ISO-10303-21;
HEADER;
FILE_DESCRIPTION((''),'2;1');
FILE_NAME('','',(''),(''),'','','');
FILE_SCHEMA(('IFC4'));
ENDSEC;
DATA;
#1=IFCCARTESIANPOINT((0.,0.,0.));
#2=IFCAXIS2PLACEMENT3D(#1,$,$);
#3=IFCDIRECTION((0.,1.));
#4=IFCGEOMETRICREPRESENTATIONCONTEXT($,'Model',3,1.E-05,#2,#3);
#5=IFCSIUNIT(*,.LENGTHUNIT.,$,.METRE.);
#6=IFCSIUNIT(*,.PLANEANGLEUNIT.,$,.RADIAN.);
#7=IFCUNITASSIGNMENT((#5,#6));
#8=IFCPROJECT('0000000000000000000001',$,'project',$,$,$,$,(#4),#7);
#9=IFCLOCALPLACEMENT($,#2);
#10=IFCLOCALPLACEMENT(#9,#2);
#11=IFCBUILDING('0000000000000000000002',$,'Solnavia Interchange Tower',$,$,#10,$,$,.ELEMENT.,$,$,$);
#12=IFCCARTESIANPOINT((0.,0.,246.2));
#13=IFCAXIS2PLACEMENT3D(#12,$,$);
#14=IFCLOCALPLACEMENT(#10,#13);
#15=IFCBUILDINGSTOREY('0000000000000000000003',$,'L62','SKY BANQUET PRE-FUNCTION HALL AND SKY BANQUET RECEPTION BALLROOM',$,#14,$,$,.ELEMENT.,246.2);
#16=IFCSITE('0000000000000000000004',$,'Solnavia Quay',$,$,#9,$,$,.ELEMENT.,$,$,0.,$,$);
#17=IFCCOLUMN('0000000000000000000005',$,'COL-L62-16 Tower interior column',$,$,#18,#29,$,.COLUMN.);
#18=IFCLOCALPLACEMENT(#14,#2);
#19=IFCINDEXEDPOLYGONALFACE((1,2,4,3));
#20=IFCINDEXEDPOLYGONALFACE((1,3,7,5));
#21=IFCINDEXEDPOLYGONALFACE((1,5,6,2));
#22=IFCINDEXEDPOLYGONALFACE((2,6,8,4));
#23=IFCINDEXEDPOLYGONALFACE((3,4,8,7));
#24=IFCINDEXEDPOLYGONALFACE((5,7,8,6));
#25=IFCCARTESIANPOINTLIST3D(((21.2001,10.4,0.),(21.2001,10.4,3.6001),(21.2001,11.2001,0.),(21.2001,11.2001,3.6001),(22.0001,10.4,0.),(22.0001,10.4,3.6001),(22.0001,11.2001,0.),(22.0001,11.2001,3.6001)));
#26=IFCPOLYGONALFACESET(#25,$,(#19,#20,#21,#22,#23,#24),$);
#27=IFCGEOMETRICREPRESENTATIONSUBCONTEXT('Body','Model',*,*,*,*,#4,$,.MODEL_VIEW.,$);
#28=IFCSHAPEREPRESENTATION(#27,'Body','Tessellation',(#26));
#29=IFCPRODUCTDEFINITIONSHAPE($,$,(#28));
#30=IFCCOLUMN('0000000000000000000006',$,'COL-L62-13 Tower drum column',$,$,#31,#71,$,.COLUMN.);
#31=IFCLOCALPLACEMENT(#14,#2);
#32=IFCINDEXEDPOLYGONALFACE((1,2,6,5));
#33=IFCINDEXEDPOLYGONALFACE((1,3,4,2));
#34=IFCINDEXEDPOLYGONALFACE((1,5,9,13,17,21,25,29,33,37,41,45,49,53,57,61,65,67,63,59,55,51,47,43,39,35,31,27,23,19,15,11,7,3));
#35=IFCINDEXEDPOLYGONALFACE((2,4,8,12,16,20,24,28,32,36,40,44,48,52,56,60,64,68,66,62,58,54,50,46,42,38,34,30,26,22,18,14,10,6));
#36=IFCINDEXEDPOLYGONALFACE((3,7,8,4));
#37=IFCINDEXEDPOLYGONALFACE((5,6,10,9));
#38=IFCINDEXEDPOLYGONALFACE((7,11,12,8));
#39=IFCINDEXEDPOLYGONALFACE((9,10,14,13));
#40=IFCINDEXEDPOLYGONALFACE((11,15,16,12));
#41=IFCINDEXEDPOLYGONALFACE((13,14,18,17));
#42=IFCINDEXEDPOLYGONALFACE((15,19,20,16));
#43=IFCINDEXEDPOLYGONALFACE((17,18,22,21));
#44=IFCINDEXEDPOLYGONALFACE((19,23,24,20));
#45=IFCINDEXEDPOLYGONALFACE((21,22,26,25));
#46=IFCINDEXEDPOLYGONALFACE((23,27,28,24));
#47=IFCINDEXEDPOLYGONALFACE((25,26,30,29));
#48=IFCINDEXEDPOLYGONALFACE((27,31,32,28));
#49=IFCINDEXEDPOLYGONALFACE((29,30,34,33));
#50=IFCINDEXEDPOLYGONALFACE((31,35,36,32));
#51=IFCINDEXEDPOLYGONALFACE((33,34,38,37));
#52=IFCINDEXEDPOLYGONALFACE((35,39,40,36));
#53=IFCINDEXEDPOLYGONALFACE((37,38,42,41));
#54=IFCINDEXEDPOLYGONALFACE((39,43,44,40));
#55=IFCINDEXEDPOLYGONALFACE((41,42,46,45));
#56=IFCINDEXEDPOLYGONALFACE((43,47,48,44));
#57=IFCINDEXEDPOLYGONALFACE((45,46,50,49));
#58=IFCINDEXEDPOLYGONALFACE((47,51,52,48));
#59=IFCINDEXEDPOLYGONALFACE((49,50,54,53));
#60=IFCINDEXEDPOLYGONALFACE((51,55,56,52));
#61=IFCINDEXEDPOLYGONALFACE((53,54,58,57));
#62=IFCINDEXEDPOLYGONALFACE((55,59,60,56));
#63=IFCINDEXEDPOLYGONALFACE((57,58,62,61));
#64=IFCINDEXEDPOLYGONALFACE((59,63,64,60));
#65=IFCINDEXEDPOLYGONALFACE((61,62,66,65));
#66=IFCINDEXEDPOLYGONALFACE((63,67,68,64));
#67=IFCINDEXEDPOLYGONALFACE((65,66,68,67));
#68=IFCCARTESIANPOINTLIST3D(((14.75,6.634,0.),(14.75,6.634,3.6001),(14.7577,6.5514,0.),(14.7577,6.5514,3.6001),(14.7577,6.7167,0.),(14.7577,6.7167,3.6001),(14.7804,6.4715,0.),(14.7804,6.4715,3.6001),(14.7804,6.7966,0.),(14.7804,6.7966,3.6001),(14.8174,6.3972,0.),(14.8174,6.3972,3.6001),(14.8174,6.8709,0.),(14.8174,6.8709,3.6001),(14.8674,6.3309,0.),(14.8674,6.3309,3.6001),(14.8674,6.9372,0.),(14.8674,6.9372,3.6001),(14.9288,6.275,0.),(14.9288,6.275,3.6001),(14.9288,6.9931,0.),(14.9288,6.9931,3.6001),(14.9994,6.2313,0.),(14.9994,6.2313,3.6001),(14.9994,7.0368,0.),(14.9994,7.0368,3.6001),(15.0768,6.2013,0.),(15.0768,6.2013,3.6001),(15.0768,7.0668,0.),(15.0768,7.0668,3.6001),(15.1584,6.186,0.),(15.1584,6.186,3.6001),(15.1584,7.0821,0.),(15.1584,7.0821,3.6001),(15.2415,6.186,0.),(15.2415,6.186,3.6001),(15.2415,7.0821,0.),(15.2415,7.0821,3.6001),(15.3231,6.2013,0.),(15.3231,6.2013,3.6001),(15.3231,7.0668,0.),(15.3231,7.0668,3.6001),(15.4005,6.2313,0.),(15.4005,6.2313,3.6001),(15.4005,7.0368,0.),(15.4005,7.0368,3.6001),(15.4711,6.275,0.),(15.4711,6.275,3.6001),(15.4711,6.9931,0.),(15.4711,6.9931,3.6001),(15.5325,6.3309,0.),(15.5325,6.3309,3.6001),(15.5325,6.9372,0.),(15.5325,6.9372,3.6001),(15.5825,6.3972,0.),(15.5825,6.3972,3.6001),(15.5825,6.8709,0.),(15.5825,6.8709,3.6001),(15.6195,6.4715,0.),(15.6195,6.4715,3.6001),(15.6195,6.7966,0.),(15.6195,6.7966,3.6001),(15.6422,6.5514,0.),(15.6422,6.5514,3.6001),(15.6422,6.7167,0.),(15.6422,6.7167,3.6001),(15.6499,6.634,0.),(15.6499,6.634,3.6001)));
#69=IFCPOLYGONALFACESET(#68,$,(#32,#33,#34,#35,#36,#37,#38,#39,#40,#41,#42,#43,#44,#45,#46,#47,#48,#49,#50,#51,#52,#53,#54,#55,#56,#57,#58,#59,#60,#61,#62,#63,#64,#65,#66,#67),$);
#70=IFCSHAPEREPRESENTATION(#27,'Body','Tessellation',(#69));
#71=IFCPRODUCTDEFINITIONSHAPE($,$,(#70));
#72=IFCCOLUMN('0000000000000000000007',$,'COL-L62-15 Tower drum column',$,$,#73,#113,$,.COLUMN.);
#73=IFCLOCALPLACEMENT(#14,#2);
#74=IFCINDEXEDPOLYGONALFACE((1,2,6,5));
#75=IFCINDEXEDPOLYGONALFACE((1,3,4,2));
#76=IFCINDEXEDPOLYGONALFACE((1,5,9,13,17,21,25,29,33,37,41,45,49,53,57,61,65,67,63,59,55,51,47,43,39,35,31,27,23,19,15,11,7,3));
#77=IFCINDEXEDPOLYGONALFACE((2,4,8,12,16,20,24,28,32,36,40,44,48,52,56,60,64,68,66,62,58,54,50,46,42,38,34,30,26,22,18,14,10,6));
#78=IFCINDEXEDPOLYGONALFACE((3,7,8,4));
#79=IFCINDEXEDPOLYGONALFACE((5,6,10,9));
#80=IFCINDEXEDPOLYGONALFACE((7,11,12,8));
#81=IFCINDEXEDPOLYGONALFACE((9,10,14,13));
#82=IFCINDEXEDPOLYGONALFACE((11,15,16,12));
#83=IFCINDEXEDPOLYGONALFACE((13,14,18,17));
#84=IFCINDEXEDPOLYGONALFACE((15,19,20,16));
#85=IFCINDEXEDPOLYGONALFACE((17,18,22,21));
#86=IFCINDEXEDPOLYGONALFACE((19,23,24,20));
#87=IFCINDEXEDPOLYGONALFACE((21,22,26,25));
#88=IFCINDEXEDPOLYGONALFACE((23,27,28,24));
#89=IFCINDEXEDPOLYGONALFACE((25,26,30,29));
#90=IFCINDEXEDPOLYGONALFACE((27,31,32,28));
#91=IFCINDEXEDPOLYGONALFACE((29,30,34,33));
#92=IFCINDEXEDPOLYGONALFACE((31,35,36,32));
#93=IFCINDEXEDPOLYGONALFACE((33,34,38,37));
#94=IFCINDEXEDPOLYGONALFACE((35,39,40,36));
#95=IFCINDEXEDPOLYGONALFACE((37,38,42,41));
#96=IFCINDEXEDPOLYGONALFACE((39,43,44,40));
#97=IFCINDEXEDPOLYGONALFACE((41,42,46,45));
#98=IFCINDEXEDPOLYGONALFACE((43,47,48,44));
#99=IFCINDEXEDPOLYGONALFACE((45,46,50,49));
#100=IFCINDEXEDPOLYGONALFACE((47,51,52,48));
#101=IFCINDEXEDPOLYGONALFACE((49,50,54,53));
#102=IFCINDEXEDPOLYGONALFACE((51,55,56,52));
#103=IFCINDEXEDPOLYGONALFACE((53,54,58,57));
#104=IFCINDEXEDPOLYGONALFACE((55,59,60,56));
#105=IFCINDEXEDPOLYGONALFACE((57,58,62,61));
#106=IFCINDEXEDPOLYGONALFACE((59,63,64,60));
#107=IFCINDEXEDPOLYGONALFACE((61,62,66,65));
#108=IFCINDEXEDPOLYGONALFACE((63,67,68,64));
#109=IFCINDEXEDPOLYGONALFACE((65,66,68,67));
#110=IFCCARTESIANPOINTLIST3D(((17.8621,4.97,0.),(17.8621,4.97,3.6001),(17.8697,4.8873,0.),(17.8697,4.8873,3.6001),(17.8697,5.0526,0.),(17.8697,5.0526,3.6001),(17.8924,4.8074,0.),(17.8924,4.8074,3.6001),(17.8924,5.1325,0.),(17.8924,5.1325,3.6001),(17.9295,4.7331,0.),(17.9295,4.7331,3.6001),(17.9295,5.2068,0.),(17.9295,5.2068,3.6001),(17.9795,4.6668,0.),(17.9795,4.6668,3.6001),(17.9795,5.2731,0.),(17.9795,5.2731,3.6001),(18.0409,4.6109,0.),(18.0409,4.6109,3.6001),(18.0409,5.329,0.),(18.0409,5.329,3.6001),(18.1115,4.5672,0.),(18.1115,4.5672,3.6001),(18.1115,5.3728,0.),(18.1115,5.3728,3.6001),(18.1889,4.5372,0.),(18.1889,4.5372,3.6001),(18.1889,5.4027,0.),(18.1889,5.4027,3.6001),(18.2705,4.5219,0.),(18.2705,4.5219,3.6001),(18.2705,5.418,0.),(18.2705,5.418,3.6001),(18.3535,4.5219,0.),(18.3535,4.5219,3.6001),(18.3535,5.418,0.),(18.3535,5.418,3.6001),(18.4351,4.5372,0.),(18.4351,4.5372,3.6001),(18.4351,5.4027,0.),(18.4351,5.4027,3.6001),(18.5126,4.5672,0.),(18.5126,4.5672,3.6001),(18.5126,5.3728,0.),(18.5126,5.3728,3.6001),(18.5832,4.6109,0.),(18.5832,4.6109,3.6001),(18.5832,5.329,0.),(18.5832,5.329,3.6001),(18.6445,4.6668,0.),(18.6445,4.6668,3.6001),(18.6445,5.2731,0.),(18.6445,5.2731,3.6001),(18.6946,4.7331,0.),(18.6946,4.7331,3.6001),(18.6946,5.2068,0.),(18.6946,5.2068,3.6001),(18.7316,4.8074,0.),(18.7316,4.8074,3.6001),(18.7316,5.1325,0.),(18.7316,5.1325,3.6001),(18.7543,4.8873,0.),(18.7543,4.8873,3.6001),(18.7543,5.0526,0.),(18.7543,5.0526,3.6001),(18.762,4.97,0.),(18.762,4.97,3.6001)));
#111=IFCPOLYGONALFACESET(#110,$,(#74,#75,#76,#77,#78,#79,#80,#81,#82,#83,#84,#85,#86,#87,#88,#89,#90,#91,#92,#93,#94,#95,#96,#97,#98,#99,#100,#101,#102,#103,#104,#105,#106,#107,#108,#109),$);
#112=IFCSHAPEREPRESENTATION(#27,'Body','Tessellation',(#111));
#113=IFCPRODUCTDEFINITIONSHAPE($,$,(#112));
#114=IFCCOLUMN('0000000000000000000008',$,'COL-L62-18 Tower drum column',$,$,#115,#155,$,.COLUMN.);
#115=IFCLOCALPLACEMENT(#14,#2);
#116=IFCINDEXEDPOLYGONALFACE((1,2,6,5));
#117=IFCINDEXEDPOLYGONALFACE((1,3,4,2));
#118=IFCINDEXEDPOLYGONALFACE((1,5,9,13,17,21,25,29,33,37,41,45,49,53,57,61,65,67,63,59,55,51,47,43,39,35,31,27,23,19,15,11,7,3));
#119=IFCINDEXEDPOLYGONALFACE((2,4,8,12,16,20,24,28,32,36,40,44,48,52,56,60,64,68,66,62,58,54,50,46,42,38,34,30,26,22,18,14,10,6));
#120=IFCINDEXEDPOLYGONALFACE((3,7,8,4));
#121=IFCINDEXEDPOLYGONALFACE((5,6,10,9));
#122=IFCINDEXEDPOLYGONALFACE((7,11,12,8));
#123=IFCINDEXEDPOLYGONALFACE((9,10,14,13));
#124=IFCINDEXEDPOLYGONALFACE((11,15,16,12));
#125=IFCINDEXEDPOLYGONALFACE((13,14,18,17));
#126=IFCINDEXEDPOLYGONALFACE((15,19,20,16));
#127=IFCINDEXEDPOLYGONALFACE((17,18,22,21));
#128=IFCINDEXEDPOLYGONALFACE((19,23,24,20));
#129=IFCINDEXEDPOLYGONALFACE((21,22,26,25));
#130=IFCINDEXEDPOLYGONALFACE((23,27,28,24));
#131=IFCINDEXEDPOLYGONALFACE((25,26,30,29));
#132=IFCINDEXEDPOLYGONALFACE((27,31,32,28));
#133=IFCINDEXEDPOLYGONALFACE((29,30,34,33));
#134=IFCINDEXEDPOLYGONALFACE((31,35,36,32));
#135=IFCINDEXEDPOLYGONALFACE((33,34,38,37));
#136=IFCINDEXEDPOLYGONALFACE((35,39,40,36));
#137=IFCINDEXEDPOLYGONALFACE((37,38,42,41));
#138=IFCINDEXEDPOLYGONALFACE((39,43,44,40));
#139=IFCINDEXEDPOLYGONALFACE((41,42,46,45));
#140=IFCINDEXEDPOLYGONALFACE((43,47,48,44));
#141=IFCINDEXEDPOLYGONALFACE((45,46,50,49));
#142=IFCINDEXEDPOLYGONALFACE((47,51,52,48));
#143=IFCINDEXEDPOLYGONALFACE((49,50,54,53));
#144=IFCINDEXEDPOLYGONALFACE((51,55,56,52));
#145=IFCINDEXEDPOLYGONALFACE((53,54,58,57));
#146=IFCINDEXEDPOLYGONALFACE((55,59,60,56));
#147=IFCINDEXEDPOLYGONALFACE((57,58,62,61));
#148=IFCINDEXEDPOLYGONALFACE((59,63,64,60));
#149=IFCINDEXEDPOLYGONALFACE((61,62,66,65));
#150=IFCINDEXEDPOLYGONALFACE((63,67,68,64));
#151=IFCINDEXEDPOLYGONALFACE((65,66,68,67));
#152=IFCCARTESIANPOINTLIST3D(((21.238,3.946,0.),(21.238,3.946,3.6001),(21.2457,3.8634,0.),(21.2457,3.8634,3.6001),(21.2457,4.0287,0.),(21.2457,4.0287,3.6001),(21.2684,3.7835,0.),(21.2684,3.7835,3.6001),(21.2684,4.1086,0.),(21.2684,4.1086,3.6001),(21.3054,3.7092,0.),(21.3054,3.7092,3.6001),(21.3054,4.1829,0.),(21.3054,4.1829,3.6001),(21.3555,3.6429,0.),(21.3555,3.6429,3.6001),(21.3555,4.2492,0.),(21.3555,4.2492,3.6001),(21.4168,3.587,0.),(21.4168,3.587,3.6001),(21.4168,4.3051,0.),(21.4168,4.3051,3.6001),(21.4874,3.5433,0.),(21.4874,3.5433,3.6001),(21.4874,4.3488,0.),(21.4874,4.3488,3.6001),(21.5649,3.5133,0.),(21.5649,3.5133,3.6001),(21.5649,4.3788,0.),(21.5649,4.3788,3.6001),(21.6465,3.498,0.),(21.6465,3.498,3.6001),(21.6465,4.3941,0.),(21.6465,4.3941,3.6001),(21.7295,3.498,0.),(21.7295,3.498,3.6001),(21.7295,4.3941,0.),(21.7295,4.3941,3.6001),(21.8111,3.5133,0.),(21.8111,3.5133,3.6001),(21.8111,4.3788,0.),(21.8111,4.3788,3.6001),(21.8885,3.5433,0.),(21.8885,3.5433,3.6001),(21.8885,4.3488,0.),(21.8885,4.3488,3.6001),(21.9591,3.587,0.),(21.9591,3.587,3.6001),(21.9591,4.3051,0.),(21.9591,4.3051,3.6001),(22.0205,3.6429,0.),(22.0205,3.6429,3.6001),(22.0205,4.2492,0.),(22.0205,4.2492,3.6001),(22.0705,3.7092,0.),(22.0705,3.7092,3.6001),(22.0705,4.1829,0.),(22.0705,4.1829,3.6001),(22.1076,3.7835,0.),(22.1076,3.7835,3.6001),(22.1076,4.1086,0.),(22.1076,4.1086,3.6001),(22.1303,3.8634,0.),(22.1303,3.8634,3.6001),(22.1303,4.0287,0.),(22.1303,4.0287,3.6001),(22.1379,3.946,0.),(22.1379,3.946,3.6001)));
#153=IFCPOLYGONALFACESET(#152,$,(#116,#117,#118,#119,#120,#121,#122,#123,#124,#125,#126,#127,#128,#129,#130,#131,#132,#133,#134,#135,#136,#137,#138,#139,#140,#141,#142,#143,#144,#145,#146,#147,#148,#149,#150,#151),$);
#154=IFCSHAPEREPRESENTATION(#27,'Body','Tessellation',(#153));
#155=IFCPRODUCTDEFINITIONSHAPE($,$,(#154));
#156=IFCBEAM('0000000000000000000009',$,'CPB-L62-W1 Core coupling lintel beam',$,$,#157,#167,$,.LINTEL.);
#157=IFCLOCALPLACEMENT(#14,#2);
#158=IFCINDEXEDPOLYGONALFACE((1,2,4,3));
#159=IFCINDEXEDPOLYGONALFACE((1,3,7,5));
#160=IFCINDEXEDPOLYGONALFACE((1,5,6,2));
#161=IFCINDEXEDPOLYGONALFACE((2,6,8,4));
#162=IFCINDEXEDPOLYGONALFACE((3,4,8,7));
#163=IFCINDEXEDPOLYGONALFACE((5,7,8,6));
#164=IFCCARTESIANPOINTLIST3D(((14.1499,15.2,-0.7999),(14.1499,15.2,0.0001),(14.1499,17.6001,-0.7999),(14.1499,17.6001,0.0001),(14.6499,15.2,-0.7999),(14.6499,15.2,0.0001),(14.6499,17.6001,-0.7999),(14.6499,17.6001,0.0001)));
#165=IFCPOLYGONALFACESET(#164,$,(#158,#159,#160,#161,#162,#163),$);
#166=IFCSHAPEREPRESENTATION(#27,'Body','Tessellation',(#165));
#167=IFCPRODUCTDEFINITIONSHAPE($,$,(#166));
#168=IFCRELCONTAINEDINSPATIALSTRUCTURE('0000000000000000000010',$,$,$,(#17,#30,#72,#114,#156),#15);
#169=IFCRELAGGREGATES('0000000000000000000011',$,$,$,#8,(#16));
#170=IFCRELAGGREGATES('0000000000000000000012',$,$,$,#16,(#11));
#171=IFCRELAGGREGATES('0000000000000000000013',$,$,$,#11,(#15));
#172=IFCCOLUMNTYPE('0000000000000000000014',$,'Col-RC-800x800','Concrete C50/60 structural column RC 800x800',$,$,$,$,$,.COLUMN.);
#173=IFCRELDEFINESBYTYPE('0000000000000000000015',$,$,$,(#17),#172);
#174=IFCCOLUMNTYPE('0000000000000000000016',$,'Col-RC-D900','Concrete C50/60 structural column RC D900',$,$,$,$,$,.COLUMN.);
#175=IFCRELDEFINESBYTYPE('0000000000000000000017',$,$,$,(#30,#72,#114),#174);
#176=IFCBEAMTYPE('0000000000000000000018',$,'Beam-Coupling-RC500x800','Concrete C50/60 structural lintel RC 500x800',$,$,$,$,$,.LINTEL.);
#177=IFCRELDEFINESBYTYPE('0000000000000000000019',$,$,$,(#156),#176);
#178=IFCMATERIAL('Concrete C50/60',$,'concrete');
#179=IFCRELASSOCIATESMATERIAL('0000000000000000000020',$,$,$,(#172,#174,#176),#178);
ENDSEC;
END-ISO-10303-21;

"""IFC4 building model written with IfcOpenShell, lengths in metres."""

from ifc_helpers import new_model, si_unit, direction, frame, origin, origin_2d, place, context, subcontext, project, spatial, rectangle, circle, extrude, material, material_profile, profile_set, type_object, element, save


model = new_model("IFC4")

# Units and contexts
model_context = context("Model", 3, precision=1e-05, world=origin(), true_north=direction((0.0, 1.0)))
body_context = subcontext(model_context, "Body", "Model", "MODEL_VIEW")
ifc_project = project(units=[si_unit("LENGTHUNIT", "METRE"), si_unit("PLANEANGLEUNIT", "RADIAN")], contexts=[model_context])

# Site, building, storey
site_placement = place(None, origin())
site = spatial("IfcSite", under=ifc_project, at=site_placement, Name="Solnavia Quay", CompositionType="ELEMENT", RefElevation=0.0)
building_placement = place(site_placement, origin())
building = spatial("IfcBuilding", under=site, at=building_placement, Name="Solnavia Interchange Tower", CompositionType="ELEMENT")
storey_placement = place(building_placement, frame((0.0, 0.0, 246.2)))
storey = spatial("IfcBuildingStorey", under=building, at=storey_placement, Name="L62", Description="SKY BANQUET PRE-FUNCTION HALL AND SKY BANQUET RECEPTION BALLROOM", CompositionType="ELEMENT", Elevation=246.2)

# Columns
ifc_material_1 = material(Name="Concrete C50/60", Category="concrete")
ifc_material_profile_1 = material_profile(ifc_material_1, rectangle(XDim=0.8, YDim=0.8, at=origin_2d()), Name="RC 800x800")
ifc_profile_set_1 = profile_set([ifc_material_profile_1], Name="Concrete C50/60")
column_type_1 = type_object("IfcColumnType", Name="Col-RC-800x800", Description="Concrete C50/60 structural column RC 800x800", PredefinedType="COLUMN", material=ifc_profile_set_1)
column_placement = place(storey_placement, frame((21.6001, 10.8, 0.0), z_axis=(0.0, 0.0, 1.0), x_axis=(1.0, 0.0, 0.0)))
element("IfcColumn", 1, at=column_placement, inside=storey, type_object=column_type_1, Name="COL-L62-16 Tower interior column", PredefinedType="COLUMN", context=body_context, shape_type="SweptSolid", body=[
    extrude(rectangle(XDim=0.8, YDim=0.8, at=origin_2d()), origin(), (0.0, 0.0, 1.0), 3.6001),
])
ifc_material_profile_2 = material_profile(ifc_material_1, circle(Radius=0.45, at=origin_2d()), Name="RC D900")
ifc_profile_set_2 = profile_set([ifc_material_profile_2], Name="Concrete C50/60")
column_type_2 = type_object("IfcColumnType", Name="Col-RC-D900", Description="Concrete C50/60 structural column RC D900", PredefinedType="COLUMN", material=ifc_profile_set_2)
for number, where, z_axis, x_axis, name in (
    (2, (15.2, 6.634, 0.0), (0.0, 0.0, 1.0), (1.0, 0.0, 0.0), "COL-L62-13 Tower drum column"),
    (3, (18.312, 4.97, 0.0), (0.0, 0.0, 1.0), (1.0, 0.0, 0.0), "COL-L62-15 Tower drum column"),
    (4, (21.688, 3.946, 0.0), (0.0, 0.0, 1.0), (1.0, 0.0, 0.0), "COL-L62-18 Tower drum column"),
):
    element("IfcColumn", number, at=place(storey_placement, frame(where, z_axis=z_axis, x_axis=x_axis)), inside=storey, type_object=column_type_2, Name=name, PredefinedType="COLUMN", context=body_context, shape_type="SweptSolid", body=[
        extrude(circle(Radius=0.45, at=origin_2d()), origin(), (0.0, 0.0, 1.0), 3.6001),
    ])

# Beam
ifc_material_profile_3 = material_profile(ifc_material_1, rectangle(XDim=0.5, YDim=0.8, at=origin_2d()), Name="RC 500x800")
ifc_profile_set_3 = profile_set([ifc_material_profile_3], Name="Concrete C50/60")
beam_type_1 = type_object("IfcBeamType", Name="Beam-Coupling-RC500x800", Description="Concrete C50/60 structural lintel RC 500x800", PredefinedType="LINTEL", material=ifc_profile_set_3)
beam_1_placement = place(storey_placement, frame((14.3999, 15.2, -0.3999), z_axis=(0.0, 1.0, 0.0), x_axis=(-1.0, 0.0, 0.0)))
element("IfcBeam", 5, at=beam_1_placement, inside=storey, type_object=beam_type_1, Name="CPB-L62-W1 Core coupling lintel beam", PredefinedType="LINTEL", context=body_context, shape_type="SweptSolid", body=[
    extrude(rectangle(XDim=0.5, YDim=0.8, at=origin_2d()), origin(), (0.0, 0.0, 1.0), 2.4001),
])

save(model, "model.ifc")
